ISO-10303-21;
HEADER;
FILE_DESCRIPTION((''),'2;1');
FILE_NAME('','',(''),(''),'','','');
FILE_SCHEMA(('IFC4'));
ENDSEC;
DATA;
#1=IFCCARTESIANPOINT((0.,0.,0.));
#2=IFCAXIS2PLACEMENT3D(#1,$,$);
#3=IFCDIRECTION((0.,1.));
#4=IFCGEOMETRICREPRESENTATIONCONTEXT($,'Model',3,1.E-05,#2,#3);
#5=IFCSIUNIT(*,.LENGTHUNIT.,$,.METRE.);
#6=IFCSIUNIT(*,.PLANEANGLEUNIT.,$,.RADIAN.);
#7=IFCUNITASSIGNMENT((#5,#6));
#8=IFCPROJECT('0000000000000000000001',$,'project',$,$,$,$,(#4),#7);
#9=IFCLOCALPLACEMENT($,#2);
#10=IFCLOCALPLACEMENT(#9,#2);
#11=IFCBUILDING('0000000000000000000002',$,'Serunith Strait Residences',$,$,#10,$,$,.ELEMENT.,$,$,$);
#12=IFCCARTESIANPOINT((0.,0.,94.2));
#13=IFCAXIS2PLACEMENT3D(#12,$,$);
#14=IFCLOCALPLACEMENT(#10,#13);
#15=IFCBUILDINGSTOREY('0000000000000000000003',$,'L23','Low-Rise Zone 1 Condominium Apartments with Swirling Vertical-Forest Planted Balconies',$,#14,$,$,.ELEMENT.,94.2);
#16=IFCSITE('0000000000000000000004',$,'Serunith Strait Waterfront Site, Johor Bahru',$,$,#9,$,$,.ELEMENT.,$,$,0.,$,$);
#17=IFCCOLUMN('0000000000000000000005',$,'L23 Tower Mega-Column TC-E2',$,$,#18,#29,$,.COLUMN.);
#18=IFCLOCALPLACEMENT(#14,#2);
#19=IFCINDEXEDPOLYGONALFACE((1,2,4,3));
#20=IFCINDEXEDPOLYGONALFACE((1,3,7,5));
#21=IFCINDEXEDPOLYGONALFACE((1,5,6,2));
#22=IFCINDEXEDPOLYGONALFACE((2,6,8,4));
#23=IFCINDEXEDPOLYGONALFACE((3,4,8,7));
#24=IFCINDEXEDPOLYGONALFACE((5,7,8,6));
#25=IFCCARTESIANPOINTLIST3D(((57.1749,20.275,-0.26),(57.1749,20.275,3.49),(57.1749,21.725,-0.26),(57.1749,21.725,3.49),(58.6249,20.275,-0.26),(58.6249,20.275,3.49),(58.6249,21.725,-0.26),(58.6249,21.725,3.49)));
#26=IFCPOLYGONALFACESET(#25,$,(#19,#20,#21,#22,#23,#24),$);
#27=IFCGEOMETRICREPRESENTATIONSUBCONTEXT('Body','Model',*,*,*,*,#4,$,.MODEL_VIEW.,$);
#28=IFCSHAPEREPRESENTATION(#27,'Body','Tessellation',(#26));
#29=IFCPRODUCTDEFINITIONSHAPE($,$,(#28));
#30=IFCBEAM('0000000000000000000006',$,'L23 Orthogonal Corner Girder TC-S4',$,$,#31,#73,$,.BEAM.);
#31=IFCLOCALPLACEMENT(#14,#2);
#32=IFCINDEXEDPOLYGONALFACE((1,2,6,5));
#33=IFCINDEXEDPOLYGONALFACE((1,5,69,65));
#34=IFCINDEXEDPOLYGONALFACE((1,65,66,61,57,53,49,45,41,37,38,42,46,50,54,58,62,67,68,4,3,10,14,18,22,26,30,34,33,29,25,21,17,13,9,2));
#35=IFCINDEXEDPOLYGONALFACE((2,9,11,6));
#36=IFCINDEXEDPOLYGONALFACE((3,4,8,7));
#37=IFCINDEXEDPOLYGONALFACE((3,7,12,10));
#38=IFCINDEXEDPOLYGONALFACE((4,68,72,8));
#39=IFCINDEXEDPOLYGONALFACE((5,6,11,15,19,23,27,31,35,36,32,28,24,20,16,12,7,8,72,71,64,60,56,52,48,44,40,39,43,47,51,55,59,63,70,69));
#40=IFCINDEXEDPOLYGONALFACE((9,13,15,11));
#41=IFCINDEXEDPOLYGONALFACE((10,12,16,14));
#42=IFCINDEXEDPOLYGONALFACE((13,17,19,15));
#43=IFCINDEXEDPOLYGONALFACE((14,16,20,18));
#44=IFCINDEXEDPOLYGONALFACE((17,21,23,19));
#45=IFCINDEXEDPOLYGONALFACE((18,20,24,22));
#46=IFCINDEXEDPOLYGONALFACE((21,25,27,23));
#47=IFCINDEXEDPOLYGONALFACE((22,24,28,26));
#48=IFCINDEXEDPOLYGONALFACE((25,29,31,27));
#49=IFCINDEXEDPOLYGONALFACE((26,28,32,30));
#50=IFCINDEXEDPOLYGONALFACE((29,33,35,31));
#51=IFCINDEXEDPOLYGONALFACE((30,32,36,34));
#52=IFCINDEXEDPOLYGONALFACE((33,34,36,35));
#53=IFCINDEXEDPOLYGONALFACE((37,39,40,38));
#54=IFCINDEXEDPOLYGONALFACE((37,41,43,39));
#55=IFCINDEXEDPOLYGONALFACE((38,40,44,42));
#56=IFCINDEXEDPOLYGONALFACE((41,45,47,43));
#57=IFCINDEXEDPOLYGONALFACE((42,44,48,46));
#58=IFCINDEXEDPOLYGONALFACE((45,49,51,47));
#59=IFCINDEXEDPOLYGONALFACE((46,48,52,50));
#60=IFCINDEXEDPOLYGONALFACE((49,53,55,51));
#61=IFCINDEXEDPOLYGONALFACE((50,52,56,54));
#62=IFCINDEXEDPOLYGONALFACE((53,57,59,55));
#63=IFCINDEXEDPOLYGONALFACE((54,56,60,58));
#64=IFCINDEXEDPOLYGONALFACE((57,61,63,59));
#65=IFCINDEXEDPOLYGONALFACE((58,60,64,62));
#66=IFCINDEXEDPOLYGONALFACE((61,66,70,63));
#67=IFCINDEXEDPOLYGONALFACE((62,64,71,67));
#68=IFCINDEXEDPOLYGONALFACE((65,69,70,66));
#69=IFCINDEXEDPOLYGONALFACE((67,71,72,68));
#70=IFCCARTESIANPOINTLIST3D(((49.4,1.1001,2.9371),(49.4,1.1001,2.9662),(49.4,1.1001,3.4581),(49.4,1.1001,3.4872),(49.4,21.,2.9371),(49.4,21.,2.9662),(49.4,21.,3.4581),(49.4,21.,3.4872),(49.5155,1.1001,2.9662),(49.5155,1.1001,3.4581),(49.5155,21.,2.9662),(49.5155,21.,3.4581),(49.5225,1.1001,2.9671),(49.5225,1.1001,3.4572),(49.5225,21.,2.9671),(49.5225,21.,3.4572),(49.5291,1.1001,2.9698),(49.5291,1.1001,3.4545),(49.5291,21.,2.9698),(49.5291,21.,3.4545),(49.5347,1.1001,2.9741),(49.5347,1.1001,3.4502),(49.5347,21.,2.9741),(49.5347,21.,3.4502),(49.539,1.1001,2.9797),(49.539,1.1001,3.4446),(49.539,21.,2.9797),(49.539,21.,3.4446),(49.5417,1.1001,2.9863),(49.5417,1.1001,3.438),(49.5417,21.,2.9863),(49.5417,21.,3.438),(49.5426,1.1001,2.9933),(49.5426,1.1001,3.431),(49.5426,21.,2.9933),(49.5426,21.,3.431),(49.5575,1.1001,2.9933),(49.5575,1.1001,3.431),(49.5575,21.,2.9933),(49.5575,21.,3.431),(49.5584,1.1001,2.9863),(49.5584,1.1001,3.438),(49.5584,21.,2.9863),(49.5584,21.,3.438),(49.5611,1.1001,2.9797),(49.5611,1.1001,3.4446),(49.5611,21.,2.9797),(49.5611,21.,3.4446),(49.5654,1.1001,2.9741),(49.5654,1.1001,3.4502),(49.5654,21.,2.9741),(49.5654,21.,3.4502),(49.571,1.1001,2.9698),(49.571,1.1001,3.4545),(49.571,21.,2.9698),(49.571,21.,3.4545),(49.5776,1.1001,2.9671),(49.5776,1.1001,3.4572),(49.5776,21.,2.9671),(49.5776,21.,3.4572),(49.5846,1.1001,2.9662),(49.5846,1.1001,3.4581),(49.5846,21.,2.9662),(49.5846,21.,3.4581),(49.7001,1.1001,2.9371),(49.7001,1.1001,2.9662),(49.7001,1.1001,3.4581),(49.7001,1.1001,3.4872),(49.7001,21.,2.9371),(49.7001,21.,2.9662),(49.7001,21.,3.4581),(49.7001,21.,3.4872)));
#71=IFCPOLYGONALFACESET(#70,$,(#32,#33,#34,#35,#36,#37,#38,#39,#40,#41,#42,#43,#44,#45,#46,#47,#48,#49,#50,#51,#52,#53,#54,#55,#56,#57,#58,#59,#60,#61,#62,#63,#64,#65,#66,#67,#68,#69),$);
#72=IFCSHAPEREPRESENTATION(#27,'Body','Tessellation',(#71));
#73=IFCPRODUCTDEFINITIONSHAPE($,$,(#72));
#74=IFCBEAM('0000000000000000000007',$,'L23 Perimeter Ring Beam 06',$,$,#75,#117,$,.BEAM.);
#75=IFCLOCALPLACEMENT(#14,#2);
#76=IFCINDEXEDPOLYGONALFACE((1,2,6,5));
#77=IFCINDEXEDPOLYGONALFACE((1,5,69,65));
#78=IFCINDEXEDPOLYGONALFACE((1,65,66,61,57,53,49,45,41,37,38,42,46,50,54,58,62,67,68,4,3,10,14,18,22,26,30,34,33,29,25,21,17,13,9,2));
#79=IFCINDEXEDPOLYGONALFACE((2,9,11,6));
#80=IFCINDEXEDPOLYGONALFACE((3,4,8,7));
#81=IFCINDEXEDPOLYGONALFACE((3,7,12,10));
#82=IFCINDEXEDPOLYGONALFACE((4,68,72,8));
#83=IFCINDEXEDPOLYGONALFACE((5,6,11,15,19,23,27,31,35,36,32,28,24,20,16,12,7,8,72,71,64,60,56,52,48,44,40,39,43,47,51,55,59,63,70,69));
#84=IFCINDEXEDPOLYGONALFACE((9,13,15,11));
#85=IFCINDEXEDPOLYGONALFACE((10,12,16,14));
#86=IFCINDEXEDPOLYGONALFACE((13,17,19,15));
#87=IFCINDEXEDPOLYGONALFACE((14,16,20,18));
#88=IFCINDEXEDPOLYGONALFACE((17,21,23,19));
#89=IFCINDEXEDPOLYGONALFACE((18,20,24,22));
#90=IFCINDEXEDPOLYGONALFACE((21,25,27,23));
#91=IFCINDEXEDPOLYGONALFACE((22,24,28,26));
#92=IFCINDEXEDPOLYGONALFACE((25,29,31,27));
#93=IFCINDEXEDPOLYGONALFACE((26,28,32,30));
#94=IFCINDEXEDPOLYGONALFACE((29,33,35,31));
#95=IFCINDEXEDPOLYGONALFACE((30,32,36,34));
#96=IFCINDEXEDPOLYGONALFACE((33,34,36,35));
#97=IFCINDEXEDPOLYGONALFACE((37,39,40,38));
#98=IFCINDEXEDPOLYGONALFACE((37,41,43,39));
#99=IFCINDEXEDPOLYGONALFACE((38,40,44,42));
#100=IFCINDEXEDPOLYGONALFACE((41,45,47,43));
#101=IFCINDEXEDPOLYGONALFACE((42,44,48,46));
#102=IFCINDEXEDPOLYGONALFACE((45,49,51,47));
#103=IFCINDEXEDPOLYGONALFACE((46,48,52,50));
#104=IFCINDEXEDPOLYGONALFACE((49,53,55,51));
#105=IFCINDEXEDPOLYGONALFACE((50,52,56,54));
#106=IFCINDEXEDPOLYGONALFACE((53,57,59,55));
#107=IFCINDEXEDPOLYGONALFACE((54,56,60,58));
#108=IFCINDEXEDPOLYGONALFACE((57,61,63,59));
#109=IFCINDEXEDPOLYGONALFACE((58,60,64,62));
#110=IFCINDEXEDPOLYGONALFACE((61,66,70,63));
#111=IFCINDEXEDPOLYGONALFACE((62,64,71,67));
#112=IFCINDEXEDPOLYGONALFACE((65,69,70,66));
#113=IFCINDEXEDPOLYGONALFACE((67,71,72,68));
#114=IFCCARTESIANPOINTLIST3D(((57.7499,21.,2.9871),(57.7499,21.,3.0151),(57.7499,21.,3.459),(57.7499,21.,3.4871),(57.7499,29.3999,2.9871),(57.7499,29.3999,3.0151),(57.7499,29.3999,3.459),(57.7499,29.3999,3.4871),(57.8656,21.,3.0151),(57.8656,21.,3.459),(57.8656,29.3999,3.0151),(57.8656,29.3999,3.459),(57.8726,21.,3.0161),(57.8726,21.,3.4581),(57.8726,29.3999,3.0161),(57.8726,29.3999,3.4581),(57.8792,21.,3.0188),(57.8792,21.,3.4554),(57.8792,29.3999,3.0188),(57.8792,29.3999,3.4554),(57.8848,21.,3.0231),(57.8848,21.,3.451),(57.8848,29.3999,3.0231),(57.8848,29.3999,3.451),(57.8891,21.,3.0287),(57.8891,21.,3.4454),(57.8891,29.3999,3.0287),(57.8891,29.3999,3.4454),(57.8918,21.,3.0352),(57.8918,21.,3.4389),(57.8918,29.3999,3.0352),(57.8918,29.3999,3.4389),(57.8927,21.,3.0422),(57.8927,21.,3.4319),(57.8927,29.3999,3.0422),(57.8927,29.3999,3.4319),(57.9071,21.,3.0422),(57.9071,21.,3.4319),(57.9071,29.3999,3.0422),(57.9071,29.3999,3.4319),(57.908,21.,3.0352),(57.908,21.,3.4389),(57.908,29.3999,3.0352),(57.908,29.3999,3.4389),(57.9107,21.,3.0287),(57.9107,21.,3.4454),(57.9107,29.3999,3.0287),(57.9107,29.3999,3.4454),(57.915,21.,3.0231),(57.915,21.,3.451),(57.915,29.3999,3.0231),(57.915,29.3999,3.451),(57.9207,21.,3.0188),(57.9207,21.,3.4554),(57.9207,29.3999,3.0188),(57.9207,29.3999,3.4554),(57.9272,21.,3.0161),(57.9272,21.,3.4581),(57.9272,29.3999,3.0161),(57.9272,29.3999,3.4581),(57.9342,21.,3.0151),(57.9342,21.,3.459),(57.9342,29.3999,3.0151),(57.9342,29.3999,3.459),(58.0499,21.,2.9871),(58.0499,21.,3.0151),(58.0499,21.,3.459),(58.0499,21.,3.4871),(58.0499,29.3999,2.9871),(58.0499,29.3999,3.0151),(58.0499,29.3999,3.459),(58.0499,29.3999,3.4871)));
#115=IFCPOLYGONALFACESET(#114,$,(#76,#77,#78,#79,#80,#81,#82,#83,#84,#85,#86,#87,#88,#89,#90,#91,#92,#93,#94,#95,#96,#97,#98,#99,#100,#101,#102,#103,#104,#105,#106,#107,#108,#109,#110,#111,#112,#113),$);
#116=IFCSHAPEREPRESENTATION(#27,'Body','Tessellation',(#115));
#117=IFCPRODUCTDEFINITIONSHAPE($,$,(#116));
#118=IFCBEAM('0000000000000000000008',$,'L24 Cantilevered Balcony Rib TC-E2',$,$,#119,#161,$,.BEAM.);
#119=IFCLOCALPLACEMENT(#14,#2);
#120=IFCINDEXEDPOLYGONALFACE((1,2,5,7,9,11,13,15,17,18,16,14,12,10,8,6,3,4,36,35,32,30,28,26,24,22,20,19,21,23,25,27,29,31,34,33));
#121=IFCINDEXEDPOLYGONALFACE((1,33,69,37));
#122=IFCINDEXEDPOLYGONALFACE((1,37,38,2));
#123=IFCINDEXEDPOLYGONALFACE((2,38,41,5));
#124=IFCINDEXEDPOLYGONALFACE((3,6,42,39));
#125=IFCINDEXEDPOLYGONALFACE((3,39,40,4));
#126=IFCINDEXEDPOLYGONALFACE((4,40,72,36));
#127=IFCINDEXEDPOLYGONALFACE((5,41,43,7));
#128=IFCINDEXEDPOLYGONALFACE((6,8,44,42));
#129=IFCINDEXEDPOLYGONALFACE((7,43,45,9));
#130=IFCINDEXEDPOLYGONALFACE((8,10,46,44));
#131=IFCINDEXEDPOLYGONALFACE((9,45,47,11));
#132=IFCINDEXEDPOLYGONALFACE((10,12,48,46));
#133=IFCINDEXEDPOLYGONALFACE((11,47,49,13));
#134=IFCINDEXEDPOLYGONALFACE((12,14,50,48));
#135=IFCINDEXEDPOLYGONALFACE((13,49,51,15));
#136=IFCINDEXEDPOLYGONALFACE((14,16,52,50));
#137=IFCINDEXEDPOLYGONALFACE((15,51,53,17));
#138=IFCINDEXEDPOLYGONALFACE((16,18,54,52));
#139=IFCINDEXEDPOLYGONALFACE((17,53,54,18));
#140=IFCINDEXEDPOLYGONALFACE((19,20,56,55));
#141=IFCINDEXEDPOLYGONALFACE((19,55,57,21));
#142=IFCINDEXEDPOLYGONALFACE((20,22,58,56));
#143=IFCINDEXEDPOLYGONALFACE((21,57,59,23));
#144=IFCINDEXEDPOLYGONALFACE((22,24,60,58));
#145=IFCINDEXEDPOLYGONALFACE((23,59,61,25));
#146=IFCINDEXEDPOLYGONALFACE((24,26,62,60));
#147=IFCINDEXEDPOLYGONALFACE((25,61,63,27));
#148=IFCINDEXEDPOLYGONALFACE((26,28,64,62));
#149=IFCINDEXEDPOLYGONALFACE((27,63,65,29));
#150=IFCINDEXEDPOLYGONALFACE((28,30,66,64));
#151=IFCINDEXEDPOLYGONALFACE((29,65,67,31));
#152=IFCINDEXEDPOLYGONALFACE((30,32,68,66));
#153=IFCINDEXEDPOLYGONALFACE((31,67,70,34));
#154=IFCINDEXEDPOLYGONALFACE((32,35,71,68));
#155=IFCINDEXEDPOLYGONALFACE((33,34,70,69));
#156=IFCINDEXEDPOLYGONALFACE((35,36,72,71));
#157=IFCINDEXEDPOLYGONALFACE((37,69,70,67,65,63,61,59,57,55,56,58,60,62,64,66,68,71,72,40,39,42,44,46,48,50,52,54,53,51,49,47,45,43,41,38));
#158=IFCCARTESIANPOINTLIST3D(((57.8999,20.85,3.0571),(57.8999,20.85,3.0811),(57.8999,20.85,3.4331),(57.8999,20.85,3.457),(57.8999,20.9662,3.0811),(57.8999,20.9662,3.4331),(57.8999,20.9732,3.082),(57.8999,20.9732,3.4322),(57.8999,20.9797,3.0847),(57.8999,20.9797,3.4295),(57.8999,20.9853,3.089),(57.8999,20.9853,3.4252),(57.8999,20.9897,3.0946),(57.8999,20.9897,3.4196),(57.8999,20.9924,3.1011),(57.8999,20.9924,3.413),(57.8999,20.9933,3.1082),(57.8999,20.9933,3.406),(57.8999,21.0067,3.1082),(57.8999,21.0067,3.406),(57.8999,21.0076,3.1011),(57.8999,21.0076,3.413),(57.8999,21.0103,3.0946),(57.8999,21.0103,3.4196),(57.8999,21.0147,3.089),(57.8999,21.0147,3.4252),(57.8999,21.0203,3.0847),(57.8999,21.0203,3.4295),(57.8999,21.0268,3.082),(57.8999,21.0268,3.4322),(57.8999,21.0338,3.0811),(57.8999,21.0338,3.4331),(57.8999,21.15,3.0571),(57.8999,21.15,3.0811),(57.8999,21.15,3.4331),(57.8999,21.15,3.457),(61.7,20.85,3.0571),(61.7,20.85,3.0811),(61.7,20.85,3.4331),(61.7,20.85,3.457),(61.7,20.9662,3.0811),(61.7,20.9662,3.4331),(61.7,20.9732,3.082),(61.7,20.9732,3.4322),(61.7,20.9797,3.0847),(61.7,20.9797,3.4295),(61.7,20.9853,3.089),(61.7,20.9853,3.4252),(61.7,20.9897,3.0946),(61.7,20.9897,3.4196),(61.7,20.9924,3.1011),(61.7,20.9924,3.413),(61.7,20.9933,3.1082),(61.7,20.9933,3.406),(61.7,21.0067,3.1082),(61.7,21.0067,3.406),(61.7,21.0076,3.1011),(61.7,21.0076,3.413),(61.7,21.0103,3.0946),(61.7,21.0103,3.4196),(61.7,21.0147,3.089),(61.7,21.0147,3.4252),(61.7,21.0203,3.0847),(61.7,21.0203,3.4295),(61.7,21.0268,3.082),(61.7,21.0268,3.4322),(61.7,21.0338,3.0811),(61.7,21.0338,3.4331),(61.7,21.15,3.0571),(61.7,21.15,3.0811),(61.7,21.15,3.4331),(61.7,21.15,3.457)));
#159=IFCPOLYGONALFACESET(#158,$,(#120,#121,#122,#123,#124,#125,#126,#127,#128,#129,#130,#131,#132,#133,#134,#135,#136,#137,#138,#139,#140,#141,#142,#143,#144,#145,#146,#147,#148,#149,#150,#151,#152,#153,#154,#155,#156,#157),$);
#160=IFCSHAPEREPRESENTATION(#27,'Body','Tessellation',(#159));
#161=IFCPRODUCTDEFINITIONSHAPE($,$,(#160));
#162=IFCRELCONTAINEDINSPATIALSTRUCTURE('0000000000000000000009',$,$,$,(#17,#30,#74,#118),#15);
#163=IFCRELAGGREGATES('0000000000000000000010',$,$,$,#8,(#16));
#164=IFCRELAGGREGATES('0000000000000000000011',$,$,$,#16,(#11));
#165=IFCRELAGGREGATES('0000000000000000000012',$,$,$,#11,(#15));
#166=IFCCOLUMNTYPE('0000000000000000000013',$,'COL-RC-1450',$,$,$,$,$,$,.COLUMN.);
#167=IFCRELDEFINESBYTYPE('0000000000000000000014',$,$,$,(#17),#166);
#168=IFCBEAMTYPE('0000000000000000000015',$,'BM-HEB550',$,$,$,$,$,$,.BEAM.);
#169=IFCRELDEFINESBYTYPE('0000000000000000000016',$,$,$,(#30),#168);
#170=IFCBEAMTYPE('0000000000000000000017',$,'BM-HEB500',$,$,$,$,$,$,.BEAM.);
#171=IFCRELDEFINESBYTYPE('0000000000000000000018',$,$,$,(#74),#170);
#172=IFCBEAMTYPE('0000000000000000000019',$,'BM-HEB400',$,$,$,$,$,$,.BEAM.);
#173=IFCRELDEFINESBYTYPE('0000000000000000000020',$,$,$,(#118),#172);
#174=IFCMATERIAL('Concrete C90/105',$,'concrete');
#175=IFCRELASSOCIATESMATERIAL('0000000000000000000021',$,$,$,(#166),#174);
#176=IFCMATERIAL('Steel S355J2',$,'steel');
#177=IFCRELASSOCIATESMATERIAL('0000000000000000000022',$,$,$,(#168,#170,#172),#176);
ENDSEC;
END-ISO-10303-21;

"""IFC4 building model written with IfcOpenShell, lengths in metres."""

from ifc_helpers import new_model, si_unit, direction, frame, origin, origin_2d, place, context, subcontext, project, spatial, rectangle, i_section, extrude, source, transform, mapped, material, material_profile, profile_set, type_object, element, save


model = new_model("IFC4")

# Units and contexts
model_context = context("Model", 3, precision=1e-05, world=origin(), true_north=direction((0.0, 1.0)))
body_context = subcontext(model_context, "Body", "Model", "MODEL_VIEW")
ifc_project = project(units=[si_unit("LENGTHUNIT", "METRE"), si_unit("PLANEANGLEUNIT", "RADIAN")], contexts=[model_context])

# Site, building, storey
site_placement = place(None, origin())
site = spatial("IfcSite", under=ifc_project, at=site_placement, Name="Serunith Strait Waterfront Site, Johor Bahru", CompositionType="ELEMENT", RefElevation=0.0)
building_placement = place(site_placement, origin())
building = spatial("IfcBuilding", under=site, at=building_placement, Name="Serunith Strait Residences", CompositionType="ELEMENT")
storey_placement = place(building_placement, frame((0.0, 0.0, 94.2)))
storey = spatial("IfcBuildingStorey", under=building, at=storey_placement, Name="L23", Description="Low-Rise Zone 1 Condominium Apartments with Swirling Vertical-Forest Planted Balconies", CompositionType="ELEMENT", Elevation=94.2)

# Column
ifc_material_1 = material(Name="Concrete C90/105", Category="concrete")
ifc_material_profile_1 = material_profile(ifc_material_1, rectangle(XDim=1.45, YDim=1.45, at=origin_2d()), Name="RC 1450x1450")
ifc_profile_set_1 = profile_set([ifc_material_profile_1], Name="Concrete C90/105")
column_type = type_object("IfcColumnType", Name="COL-RC-1450", PredefinedType="COLUMN", material=ifc_profile_set_1)
shared_shape_1 = source(origin(), body_context, "Body", "SweptSolid", [
    extrude(rectangle(XDim=1.45, YDim=1.45, at=origin_2d()), origin(), (0.0, 0.0, 1.0), 3.75),
])
column_placement = place(storey_placement, frame((57.8999, 21.0, -0.26), z_axis=(0.0, 0.0, 1.0), x_axis=(1.0, 0.0, 0.0)))
element("IfcColumn", 1, at=column_placement, inside=storey, type_object=column_type, Name="L23 Tower Mega-Column TC-E2", PredefinedType="COLUMN", context=body_context, shape_type="MappedRepresentation", body=[
    mapped(shared_shape_1, transform((0.0, 0.0, 0.0), scale=1.0)),
])

# Beams
ifc_material_2 = material(Name="Steel S355J2", Category="steel")
ifc_material_profile_2 = material_profile(ifc_material_2, i_section(OverallWidth=0.3, OverallDepth=0.55, WebThickness=0.0149, FlangeThickness=0.0291, FilletRadius=0.0271, at=origin_2d()), Name="HEB 550")
ifc_profile_set_2 = profile_set([ifc_material_profile_2], Name="Steel S355J2")
beam_type_1 = type_object("IfcBeamType", Name="BM-HEB550", PredefinedType="BEAM", material=ifc_profile_set_2)
shared_shape_2 = source(origin(), body_context, "Body", "SweptSolid", [
    extrude(i_section(OverallWidth=0.3, OverallDepth=0.55, WebThickness=0.0149, FlangeThickness=0.0291, FilletRadius=0.0271, at=origin_2d()), origin(), (0.0, 0.0, 1.0), 19.8999),
])
beam_1_placement = place(storey_placement, frame((49.55, 21.0, 3.2122), z_axis=(0.0, -1.0, 0.0), x_axis=(1.0, 0.0, 0.0)))
element("IfcBeam", 2, at=beam_1_placement, inside=storey, type_object=beam_type_1, Name="L23 Orthogonal Corner Girder TC-S4", PredefinedType="BEAM", context=body_context, shape_type="MappedRepresentation", body=[
    mapped(shared_shape_2, transform((0.0, 0.0, 0.0), scale=1.0)),
])
ifc_material_profile_3 = material_profile(ifc_material_2, i_section(OverallWidth=0.3, OverallDepth=0.5, WebThickness=0.0144, FlangeThickness=0.0281, FilletRadius=0.0271, at=origin_2d()), Name="HEB 500")
ifc_profile_set_3 = profile_set([ifc_material_profile_3], Name="Steel S355J2")
beam_type_2 = type_object("IfcBeamType", Name="BM-HEB500", PredefinedType="BEAM", material=ifc_profile_set_3)
shared_shape_3 = source(origin(), body_context, "Body", "SweptSolid", [
    extrude(i_section(OverallWidth=0.3, OverallDepth=0.5, WebThickness=0.0144, FlangeThickness=0.0281, FilletRadius=0.0271, at=origin_2d()), origin(), (0.0, 0.0, 1.0), 8.3999),
])
beam_2_placement = place(storey_placement, frame((57.8999, 21.0, 3.2371), z_axis=(0.0, 1.0, 0.0), x_axis=(-1.0, 0.0, 0.0)))
element("IfcBeam", 3, at=beam_2_placement, inside=storey, type_object=beam_type_2, Name="L23 Perimeter Ring Beam 06", PredefinedType="BEAM", context=body_context, shape_type="MappedRepresentation", body=[
    mapped(shared_shape_3, transform((0.0, 0.0, 0.0), scale=1.0)),
])
ifc_material_profile_4 = material_profile(ifc_material_2, i_section(OverallWidth=0.3, OverallDepth=0.3999, WebThickness=0.0134, FlangeThickness=0.0239, FilletRadius=0.0271, at=origin_2d()), Name="HEB 400")
ifc_profile_set_4 = profile_set([ifc_material_profile_4], Name="Steel S355J2")
beam_type_3 = type_object("IfcBeamType", Name="BM-HEB400", PredefinedType="BEAM", material=ifc_profile_set_4)
shared_shape_4 = source(origin(), body_context, "Body", "SweptSolid", [
    extrude(i_section(OverallWidth=0.3, OverallDepth=0.3999, WebThickness=0.0134, FlangeThickness=0.0239, FilletRadius=0.0271, at=origin_2d()), origin(), (0.0, 0.0, 1.0), 3.8),
])
beam_3_placement = place(storey_placement, frame((57.8999, 21.0, 3.2571), z_axis=(1.0, 0.0, 0.0), x_axis=(0.0, 1.0, 0.0)))
element("IfcBeam", 4, at=beam_3_placement, inside=storey, type_object=beam_type_3, Name="L24 Cantilevered Balcony Rib TC-E2", PredefinedType="BEAM", context=body_context, shape_type="MappedRepresentation", body=[
    mapped(shared_shape_4, transform((0.0, 0.0, 0.0), scale=1.0)),
])

save(model, "model.ifc")
